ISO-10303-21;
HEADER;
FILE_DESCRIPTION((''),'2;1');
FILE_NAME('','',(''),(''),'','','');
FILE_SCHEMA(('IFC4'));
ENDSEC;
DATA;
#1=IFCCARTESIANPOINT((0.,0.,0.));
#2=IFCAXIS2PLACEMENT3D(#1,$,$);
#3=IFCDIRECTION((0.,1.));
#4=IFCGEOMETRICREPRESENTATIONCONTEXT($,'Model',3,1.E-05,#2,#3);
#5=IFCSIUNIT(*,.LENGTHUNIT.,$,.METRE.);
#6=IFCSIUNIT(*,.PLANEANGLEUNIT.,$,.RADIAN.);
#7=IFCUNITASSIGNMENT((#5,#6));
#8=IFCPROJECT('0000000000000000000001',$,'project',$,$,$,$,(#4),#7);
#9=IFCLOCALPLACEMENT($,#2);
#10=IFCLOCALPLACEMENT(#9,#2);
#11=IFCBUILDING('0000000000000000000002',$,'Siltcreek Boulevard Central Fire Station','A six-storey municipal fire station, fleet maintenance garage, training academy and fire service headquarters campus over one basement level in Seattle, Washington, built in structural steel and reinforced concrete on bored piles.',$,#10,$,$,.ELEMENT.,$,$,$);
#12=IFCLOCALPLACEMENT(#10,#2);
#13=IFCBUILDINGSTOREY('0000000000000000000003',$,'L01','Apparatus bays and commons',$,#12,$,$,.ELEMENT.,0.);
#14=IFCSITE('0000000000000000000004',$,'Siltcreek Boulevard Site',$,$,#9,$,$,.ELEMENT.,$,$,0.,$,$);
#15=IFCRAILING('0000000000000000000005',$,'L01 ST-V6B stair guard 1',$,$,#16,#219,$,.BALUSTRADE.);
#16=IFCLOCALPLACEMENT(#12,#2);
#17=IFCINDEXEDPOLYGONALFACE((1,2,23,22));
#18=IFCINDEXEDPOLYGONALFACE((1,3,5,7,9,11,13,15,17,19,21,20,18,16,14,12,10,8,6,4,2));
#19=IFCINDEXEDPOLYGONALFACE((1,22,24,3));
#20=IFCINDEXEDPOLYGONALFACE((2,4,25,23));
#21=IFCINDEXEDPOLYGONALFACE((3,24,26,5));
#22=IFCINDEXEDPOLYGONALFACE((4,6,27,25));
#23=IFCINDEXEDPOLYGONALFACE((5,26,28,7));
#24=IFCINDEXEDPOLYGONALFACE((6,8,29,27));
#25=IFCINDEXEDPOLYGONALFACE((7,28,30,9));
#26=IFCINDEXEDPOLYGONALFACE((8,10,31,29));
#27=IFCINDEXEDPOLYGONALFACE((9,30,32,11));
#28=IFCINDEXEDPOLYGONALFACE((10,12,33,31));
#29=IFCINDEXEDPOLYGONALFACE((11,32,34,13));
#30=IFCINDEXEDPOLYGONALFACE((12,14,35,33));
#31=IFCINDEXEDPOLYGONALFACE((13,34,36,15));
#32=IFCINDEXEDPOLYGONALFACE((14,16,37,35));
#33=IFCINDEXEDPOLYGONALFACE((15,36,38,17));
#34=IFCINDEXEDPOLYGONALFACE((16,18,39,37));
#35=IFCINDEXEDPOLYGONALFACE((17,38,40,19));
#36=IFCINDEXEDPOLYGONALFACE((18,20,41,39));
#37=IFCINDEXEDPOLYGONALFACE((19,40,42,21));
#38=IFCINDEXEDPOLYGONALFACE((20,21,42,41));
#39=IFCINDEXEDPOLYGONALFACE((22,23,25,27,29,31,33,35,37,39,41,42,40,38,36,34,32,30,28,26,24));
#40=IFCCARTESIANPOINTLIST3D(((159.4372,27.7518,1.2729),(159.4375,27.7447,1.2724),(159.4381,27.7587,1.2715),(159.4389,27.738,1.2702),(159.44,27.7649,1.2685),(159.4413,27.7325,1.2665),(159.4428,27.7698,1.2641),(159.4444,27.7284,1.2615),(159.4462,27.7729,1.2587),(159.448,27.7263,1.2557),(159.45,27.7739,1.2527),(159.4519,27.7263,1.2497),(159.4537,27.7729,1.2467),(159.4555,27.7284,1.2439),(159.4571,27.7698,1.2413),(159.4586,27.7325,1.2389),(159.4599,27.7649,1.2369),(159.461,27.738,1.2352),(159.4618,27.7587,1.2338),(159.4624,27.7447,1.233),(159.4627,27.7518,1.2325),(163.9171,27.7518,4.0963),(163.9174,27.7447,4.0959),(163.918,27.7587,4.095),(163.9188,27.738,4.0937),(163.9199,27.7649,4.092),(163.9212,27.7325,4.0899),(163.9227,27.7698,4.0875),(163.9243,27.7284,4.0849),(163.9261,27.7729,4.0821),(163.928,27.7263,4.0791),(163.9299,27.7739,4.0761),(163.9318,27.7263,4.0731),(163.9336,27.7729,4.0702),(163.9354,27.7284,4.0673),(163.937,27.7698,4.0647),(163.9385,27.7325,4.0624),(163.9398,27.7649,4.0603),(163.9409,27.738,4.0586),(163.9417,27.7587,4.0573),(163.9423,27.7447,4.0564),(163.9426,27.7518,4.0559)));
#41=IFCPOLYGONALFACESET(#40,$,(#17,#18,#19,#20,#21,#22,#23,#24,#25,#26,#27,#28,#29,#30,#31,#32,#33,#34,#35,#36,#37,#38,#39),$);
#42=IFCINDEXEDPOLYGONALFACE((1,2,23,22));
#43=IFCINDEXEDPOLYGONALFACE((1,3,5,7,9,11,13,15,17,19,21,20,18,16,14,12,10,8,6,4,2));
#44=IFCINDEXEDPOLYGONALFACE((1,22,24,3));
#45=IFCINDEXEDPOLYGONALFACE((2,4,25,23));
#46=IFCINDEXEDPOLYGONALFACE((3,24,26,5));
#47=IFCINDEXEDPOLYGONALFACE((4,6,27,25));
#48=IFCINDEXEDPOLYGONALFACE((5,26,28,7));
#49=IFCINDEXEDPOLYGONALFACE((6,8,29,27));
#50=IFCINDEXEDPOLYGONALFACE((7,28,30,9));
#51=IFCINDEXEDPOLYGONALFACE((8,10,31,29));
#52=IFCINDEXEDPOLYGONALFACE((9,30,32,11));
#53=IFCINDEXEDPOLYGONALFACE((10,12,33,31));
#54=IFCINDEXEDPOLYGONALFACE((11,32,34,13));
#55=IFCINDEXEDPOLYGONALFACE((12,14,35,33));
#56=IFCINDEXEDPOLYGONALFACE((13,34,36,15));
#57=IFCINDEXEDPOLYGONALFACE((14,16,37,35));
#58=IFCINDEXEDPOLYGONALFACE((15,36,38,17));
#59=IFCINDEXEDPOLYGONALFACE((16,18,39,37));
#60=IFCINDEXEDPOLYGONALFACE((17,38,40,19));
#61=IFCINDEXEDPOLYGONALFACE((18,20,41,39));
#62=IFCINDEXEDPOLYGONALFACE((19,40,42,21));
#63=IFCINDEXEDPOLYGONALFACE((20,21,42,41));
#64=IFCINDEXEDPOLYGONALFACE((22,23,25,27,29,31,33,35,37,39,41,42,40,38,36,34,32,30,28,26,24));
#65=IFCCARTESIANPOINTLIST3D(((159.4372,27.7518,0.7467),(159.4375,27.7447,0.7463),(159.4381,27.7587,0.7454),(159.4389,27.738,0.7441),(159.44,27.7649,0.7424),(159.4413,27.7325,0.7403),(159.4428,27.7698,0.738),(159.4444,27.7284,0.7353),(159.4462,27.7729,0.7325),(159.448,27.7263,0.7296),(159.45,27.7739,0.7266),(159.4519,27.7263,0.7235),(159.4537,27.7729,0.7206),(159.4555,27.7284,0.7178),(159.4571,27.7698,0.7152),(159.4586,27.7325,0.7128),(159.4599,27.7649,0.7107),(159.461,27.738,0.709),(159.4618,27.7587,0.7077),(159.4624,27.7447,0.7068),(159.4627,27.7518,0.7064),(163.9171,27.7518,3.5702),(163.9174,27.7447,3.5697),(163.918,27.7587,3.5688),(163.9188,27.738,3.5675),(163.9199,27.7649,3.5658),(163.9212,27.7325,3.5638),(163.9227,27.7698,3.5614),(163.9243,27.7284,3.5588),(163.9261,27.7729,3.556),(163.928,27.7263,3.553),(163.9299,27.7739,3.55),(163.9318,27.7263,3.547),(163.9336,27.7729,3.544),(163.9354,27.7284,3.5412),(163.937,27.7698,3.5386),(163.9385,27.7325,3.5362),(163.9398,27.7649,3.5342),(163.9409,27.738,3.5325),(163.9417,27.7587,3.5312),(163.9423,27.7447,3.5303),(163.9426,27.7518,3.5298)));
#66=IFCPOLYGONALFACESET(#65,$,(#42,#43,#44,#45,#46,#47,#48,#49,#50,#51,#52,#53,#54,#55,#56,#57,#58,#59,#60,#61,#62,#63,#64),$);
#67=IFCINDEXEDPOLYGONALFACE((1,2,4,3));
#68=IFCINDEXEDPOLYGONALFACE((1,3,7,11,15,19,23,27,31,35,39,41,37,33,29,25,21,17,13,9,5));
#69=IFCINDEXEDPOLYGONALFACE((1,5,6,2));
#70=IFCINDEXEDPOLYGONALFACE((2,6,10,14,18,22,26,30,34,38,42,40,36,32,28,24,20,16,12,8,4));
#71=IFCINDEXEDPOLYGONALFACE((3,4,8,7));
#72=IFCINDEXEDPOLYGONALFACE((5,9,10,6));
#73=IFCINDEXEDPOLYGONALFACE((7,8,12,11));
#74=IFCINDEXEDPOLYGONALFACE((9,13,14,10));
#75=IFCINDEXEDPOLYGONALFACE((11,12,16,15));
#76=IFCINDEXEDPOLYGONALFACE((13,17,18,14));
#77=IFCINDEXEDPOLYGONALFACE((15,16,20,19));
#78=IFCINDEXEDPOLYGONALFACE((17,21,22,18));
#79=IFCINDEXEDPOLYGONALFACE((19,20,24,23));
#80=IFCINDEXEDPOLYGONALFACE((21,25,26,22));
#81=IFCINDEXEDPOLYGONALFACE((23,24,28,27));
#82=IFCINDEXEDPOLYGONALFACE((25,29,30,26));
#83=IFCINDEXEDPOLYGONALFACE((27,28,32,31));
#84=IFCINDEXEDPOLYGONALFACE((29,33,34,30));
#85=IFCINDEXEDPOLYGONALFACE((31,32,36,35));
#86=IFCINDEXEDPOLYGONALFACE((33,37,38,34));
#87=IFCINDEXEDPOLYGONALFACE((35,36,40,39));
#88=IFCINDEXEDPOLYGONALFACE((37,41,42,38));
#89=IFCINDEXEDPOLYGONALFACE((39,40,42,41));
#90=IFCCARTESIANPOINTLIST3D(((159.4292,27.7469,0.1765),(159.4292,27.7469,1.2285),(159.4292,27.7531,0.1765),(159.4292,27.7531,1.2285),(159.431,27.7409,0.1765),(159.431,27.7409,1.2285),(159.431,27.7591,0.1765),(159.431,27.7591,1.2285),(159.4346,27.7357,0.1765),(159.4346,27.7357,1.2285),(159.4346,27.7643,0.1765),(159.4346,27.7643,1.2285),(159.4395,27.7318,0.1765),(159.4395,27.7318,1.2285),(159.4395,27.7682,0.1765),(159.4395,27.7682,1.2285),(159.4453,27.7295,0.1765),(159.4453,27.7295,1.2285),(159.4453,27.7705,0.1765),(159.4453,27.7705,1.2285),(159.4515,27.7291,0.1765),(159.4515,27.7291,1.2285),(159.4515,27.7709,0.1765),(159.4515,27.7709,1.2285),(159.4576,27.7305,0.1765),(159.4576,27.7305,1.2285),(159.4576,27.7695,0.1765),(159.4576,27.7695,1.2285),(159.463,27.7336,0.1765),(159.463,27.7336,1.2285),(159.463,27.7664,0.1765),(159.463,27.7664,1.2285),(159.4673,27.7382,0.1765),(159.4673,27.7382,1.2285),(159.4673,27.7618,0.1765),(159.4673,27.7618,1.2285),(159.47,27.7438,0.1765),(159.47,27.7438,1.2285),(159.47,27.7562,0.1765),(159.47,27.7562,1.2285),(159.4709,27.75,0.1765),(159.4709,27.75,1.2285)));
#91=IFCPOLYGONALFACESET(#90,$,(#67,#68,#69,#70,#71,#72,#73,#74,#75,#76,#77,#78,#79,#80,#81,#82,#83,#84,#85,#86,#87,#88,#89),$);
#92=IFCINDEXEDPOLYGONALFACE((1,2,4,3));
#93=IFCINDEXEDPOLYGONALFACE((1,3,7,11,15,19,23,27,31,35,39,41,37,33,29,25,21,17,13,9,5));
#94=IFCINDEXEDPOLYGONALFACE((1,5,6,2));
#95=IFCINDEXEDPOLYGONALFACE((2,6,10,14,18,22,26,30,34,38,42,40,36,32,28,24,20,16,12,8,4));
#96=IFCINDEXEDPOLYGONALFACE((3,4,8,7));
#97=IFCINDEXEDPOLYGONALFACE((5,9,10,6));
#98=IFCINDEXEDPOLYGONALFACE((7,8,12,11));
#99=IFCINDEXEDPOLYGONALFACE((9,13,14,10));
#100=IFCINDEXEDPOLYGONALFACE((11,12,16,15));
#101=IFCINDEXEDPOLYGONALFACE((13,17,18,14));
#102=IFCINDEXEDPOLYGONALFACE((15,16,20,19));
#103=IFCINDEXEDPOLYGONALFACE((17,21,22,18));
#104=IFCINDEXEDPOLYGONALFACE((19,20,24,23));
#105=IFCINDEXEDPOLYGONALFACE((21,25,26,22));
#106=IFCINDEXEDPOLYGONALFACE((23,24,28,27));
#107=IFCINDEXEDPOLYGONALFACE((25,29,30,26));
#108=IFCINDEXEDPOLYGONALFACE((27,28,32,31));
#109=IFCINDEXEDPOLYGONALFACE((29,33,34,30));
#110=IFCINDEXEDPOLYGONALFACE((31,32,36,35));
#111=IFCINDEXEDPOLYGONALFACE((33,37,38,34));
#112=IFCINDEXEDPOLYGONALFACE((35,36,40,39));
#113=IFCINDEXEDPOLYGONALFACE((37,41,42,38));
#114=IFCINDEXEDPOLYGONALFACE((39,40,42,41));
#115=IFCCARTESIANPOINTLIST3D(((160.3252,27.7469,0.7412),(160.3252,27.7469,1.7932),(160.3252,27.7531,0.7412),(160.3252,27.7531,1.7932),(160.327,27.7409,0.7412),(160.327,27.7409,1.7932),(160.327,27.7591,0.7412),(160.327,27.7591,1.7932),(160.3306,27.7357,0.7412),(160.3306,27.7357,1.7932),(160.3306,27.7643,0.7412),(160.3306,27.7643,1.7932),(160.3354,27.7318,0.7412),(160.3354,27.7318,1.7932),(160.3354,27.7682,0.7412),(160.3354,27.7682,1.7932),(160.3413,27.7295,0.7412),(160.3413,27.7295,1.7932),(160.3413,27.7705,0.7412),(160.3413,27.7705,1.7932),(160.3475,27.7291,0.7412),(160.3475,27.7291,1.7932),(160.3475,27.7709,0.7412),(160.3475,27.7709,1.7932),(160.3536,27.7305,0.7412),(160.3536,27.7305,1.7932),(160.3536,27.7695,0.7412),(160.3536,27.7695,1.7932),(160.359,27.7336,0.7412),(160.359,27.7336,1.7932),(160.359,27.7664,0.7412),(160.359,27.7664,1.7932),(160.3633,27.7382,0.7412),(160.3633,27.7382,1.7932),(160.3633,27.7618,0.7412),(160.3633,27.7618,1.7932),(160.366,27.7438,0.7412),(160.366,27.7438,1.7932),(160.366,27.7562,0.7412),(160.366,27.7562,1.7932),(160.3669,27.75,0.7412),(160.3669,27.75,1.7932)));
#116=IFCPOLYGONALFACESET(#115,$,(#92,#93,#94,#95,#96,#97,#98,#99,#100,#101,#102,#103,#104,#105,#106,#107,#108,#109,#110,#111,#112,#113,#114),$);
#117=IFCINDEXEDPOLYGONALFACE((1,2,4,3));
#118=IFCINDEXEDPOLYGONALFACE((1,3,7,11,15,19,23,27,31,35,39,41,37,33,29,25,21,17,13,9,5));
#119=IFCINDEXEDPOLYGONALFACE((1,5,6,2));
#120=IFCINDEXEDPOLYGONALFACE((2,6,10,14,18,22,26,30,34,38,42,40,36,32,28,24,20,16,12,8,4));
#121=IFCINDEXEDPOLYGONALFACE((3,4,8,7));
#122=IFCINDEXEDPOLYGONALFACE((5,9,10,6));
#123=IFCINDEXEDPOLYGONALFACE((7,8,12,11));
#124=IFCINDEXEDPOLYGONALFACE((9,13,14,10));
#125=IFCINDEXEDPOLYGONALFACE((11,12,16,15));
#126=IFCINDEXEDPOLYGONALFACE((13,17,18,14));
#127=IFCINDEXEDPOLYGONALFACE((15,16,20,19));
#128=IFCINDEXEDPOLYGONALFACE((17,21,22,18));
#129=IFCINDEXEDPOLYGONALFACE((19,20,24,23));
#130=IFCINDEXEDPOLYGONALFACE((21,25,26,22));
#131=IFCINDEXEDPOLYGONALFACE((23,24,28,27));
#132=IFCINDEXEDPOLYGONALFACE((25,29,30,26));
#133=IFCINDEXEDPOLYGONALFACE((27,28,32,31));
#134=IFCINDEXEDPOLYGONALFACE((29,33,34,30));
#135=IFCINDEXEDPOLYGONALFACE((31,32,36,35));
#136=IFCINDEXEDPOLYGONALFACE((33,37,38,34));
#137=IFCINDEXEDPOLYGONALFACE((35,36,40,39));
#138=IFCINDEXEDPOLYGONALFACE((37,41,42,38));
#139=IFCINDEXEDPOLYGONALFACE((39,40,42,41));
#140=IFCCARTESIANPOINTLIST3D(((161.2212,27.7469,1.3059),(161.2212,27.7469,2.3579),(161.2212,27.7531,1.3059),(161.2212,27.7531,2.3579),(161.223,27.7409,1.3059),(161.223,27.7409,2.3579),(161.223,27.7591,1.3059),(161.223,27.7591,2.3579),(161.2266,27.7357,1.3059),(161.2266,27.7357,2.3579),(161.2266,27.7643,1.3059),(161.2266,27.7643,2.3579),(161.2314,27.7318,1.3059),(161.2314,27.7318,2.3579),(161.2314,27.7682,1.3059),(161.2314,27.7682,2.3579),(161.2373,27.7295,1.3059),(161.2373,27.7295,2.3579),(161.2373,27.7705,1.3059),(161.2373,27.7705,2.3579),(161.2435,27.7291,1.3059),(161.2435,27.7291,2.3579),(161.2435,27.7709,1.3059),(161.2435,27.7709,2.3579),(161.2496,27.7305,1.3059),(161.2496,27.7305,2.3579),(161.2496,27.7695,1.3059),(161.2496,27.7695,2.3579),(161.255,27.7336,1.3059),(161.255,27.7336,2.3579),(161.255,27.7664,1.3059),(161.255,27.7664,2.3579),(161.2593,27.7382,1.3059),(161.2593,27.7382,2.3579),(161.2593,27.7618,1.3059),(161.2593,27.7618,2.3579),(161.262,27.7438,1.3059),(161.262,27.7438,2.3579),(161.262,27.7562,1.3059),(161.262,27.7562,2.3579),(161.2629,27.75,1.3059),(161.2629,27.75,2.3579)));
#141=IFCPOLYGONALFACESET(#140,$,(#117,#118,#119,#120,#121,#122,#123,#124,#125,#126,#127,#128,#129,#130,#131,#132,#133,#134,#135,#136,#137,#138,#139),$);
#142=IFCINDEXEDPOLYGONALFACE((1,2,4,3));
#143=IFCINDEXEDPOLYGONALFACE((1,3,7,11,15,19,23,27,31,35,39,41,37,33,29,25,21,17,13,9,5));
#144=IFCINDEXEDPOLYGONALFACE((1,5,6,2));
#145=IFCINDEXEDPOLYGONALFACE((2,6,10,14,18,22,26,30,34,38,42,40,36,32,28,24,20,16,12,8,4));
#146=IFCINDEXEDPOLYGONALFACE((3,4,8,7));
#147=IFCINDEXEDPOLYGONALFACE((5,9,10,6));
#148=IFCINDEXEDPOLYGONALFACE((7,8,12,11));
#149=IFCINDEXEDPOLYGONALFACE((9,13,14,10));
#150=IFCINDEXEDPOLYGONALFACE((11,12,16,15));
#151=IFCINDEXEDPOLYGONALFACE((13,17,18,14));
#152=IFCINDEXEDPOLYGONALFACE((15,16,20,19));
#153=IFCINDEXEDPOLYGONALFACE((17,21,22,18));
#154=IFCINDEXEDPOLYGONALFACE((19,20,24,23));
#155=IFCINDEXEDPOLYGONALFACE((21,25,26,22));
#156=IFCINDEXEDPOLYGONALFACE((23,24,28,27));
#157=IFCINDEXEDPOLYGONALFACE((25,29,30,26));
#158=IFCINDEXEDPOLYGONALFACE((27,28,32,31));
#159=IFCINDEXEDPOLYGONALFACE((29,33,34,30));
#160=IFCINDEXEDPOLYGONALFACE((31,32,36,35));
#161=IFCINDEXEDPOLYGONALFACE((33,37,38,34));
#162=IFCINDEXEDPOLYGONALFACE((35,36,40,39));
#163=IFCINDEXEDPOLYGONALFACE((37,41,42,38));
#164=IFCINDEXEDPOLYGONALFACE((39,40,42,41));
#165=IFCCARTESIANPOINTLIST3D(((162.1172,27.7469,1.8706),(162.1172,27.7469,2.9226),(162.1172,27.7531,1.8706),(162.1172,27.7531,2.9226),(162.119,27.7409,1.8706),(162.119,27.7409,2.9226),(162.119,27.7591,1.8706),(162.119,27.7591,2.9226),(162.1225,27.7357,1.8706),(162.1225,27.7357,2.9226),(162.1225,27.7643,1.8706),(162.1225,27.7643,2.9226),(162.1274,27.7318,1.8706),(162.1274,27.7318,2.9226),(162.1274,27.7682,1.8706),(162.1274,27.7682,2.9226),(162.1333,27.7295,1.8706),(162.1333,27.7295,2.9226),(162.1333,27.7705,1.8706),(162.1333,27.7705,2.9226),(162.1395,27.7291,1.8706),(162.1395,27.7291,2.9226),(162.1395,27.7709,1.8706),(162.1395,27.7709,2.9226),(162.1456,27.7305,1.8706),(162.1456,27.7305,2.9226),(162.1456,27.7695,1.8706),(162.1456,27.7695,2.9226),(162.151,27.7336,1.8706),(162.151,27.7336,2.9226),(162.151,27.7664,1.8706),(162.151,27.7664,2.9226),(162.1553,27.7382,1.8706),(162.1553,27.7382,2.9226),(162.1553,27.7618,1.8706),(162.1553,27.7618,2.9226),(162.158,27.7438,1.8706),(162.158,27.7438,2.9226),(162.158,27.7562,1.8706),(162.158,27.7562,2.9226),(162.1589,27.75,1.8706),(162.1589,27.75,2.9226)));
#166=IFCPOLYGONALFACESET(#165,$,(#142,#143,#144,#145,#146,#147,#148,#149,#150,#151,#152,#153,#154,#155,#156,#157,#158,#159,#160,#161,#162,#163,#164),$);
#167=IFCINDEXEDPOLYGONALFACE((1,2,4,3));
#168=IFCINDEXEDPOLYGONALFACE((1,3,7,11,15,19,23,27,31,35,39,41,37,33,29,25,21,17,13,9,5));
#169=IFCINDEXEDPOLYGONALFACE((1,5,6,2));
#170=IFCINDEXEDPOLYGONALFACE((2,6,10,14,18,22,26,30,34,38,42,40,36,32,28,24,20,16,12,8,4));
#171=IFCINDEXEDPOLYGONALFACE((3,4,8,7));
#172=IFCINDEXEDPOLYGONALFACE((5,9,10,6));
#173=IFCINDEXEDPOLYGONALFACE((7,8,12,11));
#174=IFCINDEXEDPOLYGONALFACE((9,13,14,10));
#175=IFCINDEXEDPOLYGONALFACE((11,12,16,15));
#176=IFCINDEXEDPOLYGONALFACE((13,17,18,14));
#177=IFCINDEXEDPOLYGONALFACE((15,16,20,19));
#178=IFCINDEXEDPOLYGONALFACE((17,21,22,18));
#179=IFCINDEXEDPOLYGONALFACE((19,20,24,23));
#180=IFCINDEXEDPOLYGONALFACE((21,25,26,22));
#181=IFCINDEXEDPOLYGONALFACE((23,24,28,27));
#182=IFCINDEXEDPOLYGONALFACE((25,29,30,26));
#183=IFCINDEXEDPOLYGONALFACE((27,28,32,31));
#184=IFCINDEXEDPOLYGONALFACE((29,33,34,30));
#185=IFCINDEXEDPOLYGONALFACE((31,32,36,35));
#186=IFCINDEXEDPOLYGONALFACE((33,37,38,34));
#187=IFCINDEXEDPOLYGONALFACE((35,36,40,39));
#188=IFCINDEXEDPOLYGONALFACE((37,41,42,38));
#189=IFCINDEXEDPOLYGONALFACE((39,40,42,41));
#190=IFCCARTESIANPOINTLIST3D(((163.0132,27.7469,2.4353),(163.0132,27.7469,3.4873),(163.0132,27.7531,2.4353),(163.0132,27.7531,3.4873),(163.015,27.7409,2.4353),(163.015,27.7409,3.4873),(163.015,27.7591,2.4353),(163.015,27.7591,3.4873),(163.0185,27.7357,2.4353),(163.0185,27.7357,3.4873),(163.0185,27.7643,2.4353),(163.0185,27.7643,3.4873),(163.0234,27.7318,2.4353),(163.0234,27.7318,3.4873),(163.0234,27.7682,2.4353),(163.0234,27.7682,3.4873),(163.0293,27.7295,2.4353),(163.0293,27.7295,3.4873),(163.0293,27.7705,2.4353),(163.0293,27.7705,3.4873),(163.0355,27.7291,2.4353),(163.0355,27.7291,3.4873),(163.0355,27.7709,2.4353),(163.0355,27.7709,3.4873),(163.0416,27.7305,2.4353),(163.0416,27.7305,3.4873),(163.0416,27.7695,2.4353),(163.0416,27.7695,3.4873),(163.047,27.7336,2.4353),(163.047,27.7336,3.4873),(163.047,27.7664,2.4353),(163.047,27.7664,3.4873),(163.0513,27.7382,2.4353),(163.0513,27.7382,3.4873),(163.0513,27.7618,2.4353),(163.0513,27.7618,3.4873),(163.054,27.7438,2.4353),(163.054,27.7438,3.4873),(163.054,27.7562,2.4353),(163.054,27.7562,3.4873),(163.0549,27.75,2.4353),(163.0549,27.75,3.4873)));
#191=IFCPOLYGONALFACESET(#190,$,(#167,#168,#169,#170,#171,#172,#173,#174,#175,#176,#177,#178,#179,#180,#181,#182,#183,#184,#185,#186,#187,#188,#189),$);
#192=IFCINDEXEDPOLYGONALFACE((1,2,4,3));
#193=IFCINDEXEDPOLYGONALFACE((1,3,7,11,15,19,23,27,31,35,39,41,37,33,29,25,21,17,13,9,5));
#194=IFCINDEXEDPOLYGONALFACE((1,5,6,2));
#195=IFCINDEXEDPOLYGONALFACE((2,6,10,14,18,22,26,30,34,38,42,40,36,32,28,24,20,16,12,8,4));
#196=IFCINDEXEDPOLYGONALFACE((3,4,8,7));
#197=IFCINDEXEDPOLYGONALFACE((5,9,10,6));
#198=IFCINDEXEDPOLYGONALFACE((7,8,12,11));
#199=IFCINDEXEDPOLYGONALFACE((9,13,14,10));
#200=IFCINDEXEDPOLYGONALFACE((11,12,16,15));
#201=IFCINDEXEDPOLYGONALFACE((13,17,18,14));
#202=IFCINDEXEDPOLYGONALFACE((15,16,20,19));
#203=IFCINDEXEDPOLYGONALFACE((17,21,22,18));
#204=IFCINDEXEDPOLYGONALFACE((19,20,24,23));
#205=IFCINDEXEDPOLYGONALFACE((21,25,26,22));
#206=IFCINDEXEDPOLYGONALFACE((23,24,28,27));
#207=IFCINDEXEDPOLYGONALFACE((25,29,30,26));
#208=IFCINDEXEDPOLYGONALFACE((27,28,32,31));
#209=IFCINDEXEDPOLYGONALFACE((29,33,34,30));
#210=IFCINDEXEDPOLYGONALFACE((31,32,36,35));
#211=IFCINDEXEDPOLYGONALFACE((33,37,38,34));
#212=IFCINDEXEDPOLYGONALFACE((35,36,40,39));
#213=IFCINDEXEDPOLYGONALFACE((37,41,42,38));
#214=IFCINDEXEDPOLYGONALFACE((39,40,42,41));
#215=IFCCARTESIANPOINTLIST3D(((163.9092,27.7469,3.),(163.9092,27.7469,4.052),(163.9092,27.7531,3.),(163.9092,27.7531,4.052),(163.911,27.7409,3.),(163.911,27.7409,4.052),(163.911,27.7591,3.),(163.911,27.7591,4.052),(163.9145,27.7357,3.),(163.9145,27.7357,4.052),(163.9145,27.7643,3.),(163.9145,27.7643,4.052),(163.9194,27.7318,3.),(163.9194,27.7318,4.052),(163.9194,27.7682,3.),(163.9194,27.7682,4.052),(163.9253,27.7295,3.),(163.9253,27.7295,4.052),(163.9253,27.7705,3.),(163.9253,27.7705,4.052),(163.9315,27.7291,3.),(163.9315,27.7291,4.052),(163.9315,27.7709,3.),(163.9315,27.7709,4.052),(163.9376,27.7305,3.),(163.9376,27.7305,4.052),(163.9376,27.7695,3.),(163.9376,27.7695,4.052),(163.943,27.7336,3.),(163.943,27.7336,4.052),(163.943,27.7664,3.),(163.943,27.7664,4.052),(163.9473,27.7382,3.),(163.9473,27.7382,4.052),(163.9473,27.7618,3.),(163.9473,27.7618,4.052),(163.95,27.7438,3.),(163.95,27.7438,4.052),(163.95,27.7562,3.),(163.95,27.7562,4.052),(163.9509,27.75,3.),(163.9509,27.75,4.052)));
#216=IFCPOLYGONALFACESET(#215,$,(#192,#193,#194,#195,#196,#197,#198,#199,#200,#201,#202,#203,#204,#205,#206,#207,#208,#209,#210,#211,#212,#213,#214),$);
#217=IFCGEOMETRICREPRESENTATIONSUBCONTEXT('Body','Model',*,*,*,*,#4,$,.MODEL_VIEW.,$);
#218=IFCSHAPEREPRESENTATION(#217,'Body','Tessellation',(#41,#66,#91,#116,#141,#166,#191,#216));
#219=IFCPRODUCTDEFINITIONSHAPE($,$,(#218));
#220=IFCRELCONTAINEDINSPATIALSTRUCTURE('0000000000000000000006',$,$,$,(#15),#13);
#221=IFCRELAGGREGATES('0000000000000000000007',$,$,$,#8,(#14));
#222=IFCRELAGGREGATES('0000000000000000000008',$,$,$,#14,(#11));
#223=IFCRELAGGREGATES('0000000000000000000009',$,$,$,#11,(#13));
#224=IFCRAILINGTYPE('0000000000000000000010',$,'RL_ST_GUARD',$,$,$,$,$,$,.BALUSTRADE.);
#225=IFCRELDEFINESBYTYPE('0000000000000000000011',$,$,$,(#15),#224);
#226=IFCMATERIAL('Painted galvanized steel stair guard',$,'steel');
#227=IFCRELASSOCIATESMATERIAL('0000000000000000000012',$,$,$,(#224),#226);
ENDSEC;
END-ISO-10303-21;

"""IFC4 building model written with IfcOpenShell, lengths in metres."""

from ifc_helpers import new_model, si_unit, direction, frame, origin, origin_2d, place, context, subcontext, project, spatial, circle, extrude, material, type_object, element, save


model = new_model("IFC4")

# Units and contexts
model_context = context("Model", 3, precision=1e-05, world=origin(), true_north=direction((0.0, 1.0)))
body_context = subcontext(model_context, "Body", "Model", "MODEL_VIEW")
ifc_project = project(units=[si_unit("LENGTHUNIT", "METRE"), si_unit("PLANEANGLEUNIT", "RADIAN")], contexts=[model_context])

# Site, building, storey
site_placement = place(None, origin())
site = spatial("IfcSite", under=ifc_project, at=site_placement, Name="Siltcreek Boulevard Site", CompositionType="ELEMENT", RefElevation=0.0)
building_placement = place(site_placement, origin())
building = spatial("IfcBuilding", under=site, at=building_placement, Name="Siltcreek Boulevard Central Fire Station", Description="A six-storey municipal fire station, fleet maintenance garage, training academy and fire service headquarters campus over one basement level in Seattle, Washington, built in structural steel and reinforced concrete on bored piles.", CompositionType="ELEMENT")
storey_placement = place(building_placement, origin())
storey = spatial("IfcBuildingStorey", under=building, at=storey_placement, Name="L01", Description="Apparatus bays and commons", CompositionType="ELEMENT", Elevation=0.0)

# Railing
ifc_material_1 = material(Name="Painted galvanized steel stair guard", Category="steel")
railing_type_1 = type_object("IfcRailingType", Name="RL_ST_GUARD", PredefinedType="BALUSTRADE", material=ifc_material_1)
railing_1_placement = place(storey_placement, frame((159.45, 27.75, 0.1765)))
element("IfcRailing", 1, at=railing_1_placement, inside=storey, type_object=railing_type_1, Name="L01 ST-V6B stair guard 1", PredefinedType="BALUSTRADE", context=body_context, shape_type="SweptSolid", body=[
    extrude(circle(Radius=0.0239, at=origin_2d()), frame((0.0, 0.0, 1.0762), z_axis=(0.845998, 0.0, 0.533186), x_axis=(0.0, 1.0, 0.0)), (0.0, 0.0, 1.0), 5.2954),
    extrude(circle(Radius=0.0239, at=origin_2d()), frame((0.0, 0.0, 0.55), z_axis=(0.845998, 0.0, 0.533186), x_axis=(0.0, 1.0, 0.0)), (0.0, 0.0, 1.0), 5.2954),
    extrude(circle(Radius=0.021, at=origin_2d()), origin(), (0.0, 0.0, 1.0), 1.052),
    extrude(circle(Radius=0.021, at=origin_2d()), frame((0.896, 0.0, 0.5647)), (0.0, 0.0, 1.0), 1.052),
    extrude(circle(Radius=0.021, at=origin_2d()), frame((1.792, 0.0, 1.1294)), (0.0, 0.0, 1.0), 1.052),
    extrude(circle(Radius=0.021, at=origin_2d()), frame((2.688, 0.0, 1.6941)), (0.0, 0.0, 1.0), 1.052),
    extrude(circle(Radius=0.021, at=origin_2d()), frame((3.584, 0.0, 2.2588)), (0.0, 0.0, 1.0), 1.052),
    extrude(circle(Radius=0.021, at=origin_2d()), frame((4.48, 0.0, 2.8235)), (0.0, 0.0, 1.0), 1.052),
])

save(model, "model.ifc")
